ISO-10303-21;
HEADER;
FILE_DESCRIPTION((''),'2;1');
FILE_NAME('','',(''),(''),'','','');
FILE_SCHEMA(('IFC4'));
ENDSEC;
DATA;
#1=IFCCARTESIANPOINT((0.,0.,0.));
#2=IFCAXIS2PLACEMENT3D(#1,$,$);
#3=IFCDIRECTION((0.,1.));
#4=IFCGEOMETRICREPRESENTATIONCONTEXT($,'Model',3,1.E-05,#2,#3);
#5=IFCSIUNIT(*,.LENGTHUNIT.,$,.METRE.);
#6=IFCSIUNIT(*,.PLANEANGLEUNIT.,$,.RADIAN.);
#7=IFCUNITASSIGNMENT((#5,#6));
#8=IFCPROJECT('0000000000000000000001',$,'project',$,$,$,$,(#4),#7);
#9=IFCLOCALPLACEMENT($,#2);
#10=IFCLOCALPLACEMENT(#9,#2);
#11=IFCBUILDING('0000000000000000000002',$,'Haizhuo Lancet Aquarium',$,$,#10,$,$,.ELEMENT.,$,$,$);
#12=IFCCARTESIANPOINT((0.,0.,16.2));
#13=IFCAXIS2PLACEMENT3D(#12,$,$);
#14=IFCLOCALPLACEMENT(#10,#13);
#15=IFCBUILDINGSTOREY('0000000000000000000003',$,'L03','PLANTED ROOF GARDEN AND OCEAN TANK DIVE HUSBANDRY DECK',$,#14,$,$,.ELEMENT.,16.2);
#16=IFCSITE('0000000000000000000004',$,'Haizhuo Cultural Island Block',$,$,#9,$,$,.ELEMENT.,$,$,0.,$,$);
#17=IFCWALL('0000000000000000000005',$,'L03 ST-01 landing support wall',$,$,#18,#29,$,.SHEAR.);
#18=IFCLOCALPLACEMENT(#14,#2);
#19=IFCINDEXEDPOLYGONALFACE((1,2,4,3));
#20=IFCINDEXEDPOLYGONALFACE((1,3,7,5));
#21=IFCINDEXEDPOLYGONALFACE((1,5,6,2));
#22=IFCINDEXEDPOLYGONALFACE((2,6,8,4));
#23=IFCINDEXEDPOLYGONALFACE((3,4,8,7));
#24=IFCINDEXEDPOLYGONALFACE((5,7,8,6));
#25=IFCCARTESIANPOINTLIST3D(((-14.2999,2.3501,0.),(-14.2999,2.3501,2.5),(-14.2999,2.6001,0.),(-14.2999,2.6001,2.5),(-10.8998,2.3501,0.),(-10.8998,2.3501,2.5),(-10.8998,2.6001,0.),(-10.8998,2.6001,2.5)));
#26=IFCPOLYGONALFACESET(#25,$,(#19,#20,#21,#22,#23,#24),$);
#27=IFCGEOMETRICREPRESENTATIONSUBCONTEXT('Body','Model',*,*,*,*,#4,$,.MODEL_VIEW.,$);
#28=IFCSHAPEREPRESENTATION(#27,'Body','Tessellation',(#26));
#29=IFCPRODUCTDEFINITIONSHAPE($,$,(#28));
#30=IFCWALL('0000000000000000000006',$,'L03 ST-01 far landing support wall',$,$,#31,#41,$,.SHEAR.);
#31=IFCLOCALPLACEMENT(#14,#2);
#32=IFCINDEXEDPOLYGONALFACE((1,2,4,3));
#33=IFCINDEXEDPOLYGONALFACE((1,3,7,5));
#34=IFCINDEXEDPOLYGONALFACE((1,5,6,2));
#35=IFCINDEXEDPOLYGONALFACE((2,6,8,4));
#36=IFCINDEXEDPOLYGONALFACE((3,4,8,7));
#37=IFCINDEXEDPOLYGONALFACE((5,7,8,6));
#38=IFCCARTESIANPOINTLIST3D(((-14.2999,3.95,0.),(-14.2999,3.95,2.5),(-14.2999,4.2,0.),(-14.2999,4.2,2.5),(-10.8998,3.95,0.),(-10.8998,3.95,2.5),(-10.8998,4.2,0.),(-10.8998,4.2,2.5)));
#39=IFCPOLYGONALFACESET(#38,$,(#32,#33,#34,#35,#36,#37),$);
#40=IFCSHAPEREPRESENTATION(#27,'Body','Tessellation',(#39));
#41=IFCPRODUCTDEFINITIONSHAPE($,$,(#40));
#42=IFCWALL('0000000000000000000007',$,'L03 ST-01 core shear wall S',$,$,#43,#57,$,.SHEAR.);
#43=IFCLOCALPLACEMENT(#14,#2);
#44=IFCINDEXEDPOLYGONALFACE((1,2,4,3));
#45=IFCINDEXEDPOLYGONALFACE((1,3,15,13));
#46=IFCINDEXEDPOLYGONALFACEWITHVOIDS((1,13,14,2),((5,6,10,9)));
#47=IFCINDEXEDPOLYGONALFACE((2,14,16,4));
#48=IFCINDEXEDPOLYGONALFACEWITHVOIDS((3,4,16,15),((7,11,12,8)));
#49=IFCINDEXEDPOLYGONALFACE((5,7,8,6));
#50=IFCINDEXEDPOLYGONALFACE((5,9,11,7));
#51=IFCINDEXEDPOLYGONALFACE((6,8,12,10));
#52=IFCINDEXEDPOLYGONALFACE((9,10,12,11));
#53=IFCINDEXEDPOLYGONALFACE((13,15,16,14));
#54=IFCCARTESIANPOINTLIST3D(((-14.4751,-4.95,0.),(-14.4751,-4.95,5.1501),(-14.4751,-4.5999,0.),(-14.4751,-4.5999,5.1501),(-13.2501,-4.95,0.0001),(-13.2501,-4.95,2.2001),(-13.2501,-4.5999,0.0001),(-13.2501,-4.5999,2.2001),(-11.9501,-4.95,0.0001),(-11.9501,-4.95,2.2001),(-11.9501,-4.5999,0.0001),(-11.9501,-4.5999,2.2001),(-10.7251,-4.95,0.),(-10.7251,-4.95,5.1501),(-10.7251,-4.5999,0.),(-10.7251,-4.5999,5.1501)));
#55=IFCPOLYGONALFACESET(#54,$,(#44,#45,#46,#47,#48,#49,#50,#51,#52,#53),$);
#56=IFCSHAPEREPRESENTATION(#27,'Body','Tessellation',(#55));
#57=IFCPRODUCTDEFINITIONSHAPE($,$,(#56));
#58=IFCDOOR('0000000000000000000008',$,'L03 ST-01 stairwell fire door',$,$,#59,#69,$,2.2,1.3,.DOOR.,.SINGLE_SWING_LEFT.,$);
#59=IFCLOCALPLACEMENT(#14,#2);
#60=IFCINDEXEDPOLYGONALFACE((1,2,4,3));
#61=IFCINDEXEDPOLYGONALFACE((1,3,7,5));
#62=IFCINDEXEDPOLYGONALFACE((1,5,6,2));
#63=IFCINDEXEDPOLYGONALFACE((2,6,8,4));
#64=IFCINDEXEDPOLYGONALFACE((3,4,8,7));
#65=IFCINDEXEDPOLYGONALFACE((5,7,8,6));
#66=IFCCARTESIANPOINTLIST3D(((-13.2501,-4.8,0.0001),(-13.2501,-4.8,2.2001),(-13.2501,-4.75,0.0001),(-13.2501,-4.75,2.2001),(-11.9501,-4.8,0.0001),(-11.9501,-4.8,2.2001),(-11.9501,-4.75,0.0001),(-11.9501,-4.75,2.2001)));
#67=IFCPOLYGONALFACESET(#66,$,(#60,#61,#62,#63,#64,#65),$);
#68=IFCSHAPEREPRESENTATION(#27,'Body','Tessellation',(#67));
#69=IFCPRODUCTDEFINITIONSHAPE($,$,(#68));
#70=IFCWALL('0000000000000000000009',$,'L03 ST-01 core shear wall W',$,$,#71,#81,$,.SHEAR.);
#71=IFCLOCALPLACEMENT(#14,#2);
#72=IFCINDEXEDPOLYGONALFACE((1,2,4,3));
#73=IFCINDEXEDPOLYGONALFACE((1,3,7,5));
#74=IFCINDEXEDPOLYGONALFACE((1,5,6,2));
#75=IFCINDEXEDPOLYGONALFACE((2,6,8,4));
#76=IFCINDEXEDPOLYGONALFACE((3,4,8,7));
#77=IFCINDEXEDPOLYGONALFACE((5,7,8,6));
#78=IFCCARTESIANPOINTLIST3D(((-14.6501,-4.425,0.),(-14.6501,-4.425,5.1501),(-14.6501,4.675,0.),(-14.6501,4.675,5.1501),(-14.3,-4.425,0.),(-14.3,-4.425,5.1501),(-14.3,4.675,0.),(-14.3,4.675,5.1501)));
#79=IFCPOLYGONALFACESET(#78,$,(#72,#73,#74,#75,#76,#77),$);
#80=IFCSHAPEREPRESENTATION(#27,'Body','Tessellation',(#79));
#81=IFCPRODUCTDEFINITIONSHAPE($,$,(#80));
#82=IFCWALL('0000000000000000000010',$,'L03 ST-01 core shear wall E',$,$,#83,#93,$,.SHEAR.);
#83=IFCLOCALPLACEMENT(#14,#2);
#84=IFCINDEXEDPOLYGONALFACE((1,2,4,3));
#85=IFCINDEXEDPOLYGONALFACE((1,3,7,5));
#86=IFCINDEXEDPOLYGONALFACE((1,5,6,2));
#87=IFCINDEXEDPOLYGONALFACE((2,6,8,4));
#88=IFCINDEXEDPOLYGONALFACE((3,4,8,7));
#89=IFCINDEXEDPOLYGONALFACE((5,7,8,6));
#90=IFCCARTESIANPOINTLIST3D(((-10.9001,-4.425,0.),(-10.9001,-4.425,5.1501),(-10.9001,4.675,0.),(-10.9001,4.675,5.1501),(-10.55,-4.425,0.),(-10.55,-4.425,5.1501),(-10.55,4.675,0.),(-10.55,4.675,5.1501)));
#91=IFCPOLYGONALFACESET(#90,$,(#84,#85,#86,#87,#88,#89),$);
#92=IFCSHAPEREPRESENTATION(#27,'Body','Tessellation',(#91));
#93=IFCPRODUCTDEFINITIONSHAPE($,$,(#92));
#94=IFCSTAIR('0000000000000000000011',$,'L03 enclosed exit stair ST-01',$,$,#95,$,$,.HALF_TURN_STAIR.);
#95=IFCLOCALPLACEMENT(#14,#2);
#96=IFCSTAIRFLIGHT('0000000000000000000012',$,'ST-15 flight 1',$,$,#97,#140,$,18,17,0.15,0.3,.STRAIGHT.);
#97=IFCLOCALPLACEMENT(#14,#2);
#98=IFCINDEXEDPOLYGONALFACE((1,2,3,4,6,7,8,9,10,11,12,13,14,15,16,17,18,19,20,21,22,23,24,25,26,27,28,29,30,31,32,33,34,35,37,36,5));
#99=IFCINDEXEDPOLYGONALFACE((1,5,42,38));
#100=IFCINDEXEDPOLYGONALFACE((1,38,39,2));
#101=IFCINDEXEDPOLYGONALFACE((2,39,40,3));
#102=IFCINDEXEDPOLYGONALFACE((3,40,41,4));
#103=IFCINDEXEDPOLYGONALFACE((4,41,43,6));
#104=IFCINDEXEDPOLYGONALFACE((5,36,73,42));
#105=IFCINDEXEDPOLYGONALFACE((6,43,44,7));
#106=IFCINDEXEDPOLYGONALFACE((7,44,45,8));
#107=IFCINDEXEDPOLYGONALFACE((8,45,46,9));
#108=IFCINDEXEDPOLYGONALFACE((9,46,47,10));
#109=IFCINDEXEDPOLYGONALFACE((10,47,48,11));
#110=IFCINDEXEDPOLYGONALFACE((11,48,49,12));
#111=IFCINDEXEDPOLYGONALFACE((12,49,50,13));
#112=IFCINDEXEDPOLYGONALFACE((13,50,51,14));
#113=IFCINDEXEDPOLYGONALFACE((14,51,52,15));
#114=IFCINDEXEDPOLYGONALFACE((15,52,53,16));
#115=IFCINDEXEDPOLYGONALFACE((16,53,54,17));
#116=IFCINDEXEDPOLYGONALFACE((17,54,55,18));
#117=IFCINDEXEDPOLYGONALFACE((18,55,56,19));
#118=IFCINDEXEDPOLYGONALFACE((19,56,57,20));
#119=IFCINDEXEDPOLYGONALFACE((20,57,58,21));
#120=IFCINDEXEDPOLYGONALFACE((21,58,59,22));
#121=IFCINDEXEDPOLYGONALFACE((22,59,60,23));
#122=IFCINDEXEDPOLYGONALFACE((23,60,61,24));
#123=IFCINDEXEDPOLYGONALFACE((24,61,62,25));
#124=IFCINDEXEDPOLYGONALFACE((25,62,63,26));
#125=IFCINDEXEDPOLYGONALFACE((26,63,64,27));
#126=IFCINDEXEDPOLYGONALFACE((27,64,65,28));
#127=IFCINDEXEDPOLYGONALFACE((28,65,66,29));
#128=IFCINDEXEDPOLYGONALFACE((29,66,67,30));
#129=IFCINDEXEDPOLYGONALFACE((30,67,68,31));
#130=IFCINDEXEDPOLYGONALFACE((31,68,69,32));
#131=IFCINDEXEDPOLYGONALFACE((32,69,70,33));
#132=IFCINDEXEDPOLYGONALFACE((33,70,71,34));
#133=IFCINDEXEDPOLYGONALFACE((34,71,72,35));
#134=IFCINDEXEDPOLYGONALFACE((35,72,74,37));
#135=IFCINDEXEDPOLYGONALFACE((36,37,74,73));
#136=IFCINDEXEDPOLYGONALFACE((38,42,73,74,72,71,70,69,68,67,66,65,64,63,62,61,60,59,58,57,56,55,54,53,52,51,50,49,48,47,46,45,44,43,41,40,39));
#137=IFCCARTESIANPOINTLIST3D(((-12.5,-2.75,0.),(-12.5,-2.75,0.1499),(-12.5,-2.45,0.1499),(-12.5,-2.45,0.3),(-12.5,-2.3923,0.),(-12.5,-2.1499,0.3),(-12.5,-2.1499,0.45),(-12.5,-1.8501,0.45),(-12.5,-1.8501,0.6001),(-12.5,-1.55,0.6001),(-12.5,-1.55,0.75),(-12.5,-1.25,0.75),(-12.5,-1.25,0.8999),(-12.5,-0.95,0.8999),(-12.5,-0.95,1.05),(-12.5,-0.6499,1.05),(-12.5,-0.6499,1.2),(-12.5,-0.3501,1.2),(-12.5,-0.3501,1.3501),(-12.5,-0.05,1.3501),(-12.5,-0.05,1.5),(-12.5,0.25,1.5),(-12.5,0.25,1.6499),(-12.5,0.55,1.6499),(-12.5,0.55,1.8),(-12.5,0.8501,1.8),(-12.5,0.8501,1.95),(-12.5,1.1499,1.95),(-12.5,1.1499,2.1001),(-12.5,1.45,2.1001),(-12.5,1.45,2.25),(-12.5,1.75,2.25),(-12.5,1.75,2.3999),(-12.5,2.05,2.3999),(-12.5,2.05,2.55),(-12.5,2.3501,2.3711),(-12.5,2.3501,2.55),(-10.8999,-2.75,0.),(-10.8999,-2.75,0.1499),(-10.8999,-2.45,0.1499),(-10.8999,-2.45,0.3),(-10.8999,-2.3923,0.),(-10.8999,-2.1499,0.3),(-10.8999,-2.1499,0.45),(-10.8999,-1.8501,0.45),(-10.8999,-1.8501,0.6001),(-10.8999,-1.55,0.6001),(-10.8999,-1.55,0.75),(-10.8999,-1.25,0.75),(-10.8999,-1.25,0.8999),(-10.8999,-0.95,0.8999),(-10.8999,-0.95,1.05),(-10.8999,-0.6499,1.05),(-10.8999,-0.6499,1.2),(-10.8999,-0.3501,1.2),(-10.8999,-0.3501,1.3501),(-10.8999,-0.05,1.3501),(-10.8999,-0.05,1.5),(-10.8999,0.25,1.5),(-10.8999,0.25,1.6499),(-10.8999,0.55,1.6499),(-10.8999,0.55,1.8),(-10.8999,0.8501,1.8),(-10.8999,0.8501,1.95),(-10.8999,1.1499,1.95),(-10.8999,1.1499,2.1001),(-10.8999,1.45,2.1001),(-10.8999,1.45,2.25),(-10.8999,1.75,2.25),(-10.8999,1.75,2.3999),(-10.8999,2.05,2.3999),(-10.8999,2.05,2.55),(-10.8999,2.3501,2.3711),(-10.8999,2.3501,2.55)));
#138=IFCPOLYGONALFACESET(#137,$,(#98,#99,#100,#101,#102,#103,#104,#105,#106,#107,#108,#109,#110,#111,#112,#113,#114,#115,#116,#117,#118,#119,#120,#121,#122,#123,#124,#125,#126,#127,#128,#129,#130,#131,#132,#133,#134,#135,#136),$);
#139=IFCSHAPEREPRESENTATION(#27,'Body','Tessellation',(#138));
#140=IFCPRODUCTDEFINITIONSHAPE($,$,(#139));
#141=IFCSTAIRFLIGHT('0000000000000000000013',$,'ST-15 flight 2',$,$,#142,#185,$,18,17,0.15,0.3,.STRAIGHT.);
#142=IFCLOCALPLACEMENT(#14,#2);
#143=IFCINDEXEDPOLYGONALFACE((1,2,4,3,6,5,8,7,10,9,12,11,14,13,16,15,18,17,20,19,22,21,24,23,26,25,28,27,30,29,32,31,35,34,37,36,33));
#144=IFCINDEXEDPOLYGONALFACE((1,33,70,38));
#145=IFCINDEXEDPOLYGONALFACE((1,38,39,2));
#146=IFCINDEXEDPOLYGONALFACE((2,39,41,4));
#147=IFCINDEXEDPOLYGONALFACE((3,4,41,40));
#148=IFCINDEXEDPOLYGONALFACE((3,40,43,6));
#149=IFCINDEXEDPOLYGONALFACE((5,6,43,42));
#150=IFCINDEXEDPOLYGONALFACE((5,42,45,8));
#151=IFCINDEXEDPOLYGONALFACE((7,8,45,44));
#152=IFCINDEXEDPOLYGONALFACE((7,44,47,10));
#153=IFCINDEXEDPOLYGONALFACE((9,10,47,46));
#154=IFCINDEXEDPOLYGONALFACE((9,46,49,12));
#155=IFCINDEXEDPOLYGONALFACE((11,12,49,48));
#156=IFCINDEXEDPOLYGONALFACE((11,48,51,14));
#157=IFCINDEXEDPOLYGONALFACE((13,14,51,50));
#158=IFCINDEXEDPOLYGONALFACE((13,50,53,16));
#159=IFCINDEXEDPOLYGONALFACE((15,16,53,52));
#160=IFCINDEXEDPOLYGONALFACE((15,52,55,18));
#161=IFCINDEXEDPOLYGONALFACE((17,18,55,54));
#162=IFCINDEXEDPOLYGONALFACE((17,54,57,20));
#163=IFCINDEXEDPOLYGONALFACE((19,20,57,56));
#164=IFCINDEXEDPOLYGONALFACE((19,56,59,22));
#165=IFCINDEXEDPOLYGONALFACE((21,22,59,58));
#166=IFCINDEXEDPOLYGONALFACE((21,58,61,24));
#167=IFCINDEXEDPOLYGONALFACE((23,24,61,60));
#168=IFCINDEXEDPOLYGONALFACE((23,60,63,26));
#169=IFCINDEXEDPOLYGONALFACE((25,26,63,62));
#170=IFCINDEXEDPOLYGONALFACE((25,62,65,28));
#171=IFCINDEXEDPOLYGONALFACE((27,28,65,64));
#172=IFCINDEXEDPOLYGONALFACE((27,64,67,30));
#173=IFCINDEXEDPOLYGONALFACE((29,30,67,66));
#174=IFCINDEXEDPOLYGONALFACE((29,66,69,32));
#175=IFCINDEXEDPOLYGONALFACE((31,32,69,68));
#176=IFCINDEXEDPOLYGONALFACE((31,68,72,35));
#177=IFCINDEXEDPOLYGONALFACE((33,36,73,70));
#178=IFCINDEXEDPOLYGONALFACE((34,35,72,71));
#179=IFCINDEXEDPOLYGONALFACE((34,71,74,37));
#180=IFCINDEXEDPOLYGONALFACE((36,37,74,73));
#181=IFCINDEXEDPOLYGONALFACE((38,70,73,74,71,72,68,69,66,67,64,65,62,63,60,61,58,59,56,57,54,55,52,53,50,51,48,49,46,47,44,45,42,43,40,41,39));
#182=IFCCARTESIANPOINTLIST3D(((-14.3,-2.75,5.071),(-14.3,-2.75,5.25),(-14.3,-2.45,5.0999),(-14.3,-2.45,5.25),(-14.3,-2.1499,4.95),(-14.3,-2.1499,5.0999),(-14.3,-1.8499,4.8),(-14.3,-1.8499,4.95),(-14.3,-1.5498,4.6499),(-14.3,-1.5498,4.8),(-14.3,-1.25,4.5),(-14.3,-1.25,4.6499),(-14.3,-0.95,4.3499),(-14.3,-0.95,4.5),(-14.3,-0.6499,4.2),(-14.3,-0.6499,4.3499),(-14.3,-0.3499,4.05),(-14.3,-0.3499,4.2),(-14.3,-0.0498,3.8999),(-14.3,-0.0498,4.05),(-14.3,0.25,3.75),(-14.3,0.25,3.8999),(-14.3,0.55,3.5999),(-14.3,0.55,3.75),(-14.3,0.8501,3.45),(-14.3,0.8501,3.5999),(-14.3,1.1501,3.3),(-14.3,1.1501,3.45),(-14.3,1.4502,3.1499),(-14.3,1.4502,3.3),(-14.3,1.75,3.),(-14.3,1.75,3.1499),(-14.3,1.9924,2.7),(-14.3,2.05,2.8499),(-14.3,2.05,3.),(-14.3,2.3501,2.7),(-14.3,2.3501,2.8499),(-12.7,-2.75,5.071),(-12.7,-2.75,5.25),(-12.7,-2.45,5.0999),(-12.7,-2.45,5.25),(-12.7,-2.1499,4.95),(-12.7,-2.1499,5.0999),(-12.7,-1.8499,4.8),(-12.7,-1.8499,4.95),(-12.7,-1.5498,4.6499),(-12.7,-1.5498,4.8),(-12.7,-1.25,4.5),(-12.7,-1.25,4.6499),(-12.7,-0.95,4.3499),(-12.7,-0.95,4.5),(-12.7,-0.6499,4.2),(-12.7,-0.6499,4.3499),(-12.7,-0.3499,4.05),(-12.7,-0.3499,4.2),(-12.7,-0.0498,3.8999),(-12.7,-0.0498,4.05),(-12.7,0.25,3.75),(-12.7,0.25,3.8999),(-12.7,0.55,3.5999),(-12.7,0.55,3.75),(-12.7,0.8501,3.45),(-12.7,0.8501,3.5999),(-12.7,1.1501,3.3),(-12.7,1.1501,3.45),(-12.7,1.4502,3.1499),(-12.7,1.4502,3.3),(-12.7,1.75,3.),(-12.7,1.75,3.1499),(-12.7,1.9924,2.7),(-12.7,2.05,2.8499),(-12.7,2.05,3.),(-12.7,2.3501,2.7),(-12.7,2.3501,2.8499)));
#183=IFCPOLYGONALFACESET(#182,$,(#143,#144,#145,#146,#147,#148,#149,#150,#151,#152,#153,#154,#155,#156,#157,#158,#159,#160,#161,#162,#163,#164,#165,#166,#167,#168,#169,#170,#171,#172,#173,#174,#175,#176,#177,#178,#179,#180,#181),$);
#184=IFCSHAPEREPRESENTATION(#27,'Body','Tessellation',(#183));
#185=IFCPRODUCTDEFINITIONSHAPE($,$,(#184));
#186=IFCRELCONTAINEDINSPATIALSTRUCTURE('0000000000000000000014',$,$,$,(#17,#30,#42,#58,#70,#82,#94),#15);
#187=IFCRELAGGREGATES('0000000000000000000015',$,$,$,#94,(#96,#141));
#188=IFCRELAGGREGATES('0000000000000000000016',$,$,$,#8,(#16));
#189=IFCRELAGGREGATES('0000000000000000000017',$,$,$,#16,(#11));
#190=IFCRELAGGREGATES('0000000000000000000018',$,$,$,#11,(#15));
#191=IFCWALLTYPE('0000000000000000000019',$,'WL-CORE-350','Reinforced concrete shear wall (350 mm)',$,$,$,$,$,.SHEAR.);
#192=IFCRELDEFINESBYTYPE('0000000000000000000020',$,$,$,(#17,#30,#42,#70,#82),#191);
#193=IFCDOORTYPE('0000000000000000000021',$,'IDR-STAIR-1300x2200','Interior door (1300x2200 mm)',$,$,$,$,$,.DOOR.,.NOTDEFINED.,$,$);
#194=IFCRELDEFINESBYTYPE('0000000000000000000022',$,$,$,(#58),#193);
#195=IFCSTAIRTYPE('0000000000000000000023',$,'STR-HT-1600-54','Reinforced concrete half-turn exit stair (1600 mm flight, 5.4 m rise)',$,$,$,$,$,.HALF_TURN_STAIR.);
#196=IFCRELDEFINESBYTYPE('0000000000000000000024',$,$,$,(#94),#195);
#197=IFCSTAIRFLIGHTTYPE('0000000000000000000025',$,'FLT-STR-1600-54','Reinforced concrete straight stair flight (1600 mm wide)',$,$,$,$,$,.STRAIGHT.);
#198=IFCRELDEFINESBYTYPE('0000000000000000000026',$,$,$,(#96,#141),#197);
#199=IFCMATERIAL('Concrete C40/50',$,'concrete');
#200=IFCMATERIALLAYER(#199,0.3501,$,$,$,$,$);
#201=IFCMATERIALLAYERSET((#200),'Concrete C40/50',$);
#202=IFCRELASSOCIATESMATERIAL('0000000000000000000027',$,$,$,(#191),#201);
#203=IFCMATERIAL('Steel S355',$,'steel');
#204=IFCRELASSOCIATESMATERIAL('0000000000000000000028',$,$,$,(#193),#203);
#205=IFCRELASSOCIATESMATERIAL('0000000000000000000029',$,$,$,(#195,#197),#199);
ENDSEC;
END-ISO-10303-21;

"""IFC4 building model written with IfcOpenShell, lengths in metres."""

from ifc_helpers import new_model, si_unit, direction, frame, frame_2d, origin, place, context, subcontext, project, spatial, polyline, rectangle, outline, extrude, material, layer, layer_set, type_object, element, fill, aggregate, save


model = new_model("IFC4")

# Units and contexts
model_context = context("Model", 3, precision=1e-05, world=origin(), true_north=direction((0.0, 1.0)))
body_context = subcontext(model_context, "Body", "Model", "MODEL_VIEW")
ifc_project = project(units=[si_unit("LENGTHUNIT", "METRE"), si_unit("PLANEANGLEUNIT", "RADIAN")], contexts=[model_context])

# Site, building, storey
site_placement = place(None, origin())
site = spatial("IfcSite", under=ifc_project, at=site_placement, Name="Haizhuo Cultural Island Block", CompositionType="ELEMENT", RefElevation=0.0)
building_placement = place(site_placement, origin())
building = spatial("IfcBuilding", under=site, at=building_placement, Name="Haizhuo Lancet Aquarium", CompositionType="ELEMENT")
storey_placement = place(building_placement, frame((0.0, 0.0, 16.2)))
storey = spatial("IfcBuildingStorey", under=building, at=storey_placement, Name="L03", Description="PLANTED ROOF GARDEN AND OCEAN TANK DIVE HUSBANDRY DECK", CompositionType="ELEMENT", Elevation=16.2)

# Shared definitions
ifc_material_1 = material(Name="Concrete C40/50", Category="concrete")
ifc_material_2 = material(Name="Steel S355", Category="steel")

# Walls
ifc_layer_1 = layer(ifc_material_1, 0.3501)
ifc_layer_set_1 = layer_set([ifc_layer_1], Name="Concrete C40/50")
wall_type_1 = type_object("IfcWallType", Name="WL-CORE-350", Description="Reinforced concrete shear wall (350 mm)", PredefinedType="SHEAR", material=ifc_layer_set_1)
for number, where, z_axis, x_axis, name in (
    (1, (-14.3, 2.4751, 0.0), (0.0, 0.0, 1.0), (1.0, 0.0, 0.0), "L03 ST-01 landing support wall"),
    (2, (-14.3, 4.075, 0.0), (0.0, 0.0, 1.0), (1.0, 0.0, 0.0), "L03 ST-01 far landing support wall"),
):
    element("IfcWall", number, at=place(storey_placement, frame(where, z_axis=z_axis, x_axis=x_axis)), inside=storey, type_object=wall_type_1, Name=name, PredefinedType="SHEAR", context=body_context, shape_type="SweptSolid", body=[
        extrude(rectangle(XDim=3.4001, YDim=0.25, at=frame_2d((1.7002, 0.0))), origin(), (0.0, 0.0, 1.0), 2.5),
    ])

# Wall, opening, door
wall_1_placement = place(storey_placement, frame((-14.4751, -4.7749, 0.0), z_axis=(0.0, 0.0, 1.0), x_axis=(1.0, 0.0, 0.0)))
wall_1 = element("IfcWall", 3, at=wall_1_placement, inside=storey, type_object=wall_type_1, Name="L03 ST-01 core shear wall S", PredefinedType="SHEAR", context=body_context, shape_type="SweptSolid", body=[
    extrude(rectangle(XDim=3.75, YDim=0.3501, at=frame_2d((1.875, 0.0))), origin(), (0.0, 0.0, 1.0), 5.1501),
])
opening_1_placement = place(wall_1_placement, frame((1.2251, 0.0, 0.0)))
opening_1 = element("IfcOpeningElement", 4, at=opening_1_placement, cuts=wall_1, PredefinedType="OPENING", context=body_context, shape_type="SweptSolid", body=[
    extrude(rectangle(XDim=1.3, YDim=2.2, at=frame_2d((0.6499, 1.1001))), frame((0.0, 0.1851, 0.0), z_axis=(0.0, -1.0, 0.0), x_axis=(1.0, 0.0, 0.0)), (0.0, 0.0, 1.0), 0.3701),
])
door_type = type_object("IfcDoorType", Name="IDR-STAIR-1300x2200", Description="Interior door (1300x2200 mm)", OperationType="NOTDEFINED", PredefinedType="DOOR", material=ifc_material_2)
door_placement = place(opening_1_placement, origin())
door = element("IfcDoor", 5, at=door_placement, inside=storey, type_object=door_type, Name="L03 ST-01 stairwell fire door", OperationType="SINGLE_SWING_LEFT", OverallHeight=2.2, OverallWidth=1.3, PredefinedType="DOOR", context=body_context, shape_type="SweptSolid", body=[
    extrude(rectangle(XDim=1.3, YDim=2.2, at=frame_2d((0.6499, 1.1001))), frame((0.0, 0.0249, 0.0), z_axis=(0.0, -1.0, 0.0), x_axis=(1.0, 0.0, 0.0)), (0.0, 0.0, 1.0), 0.05),
])
fill(opening_1, door)

# Walls
for number, where, z_axis, x_axis, name in (
    (6, (-14.4751, -4.425, 0.0), (0.0, 0.0, 1.0), (0.0, 1.0, 0.0), "L03 ST-01 core shear wall W"),
    (7, (-10.7251, -4.425, 0.0), (0.0, 0.0, 1.0), (0.0, 1.0, 0.0), "L03 ST-01 core shear wall E"),
):
    element("IfcWall", number, at=place(storey_placement, frame(where, z_axis=z_axis, x_axis=x_axis)), inside=storey, type_object=wall_type_1, Name=name, PredefinedType="SHEAR", context=body_context, shape_type="SweptSolid", body=[
        extrude(rectangle(XDim=9.1001, YDim=0.3501, at=frame_2d((4.55, 0.0))), origin(), (0.0, 0.0, 1.0), 5.1501),
    ])

# Stair, stair flights
stair_type = type_object("IfcStairType", Name="STR-HT-1600-54", Description="Reinforced concrete half-turn exit stair (1600 mm flight, 5.4 m rise)", PredefinedType="HALF_TURN_STAIR", material=ifc_material_1)
stair_placement = place(storey_placement, origin())
stair = element("IfcStair", 8, at=stair_placement, inside=storey, type_object=stair_type, Name="L03 enclosed exit stair ST-01", PredefinedType="HALF_TURN_STAIR")
stair_flight_type = type_object("IfcStairFlightType", Name="FLT-STR-1600-54", Description="Reinforced concrete straight stair flight (1600 mm wide)", PredefinedType="STRAIGHT", material=ifc_material_1)
stair_flight_1_placement = place(storey_placement, frame((-11.7, -2.75, 0.0), z_axis=(0.0, 0.0, 1.0), x_axis=(0.0, 1.0, 0.0)))
stair_flight_1 = element("IfcStairFlight", 9, at=stair_flight_1_placement, type_object=stair_flight_type, Name="ST-15 flight 1", NumberOfRisers=18, NumberOfTreads=17, PredefinedType="STRAIGHT", RiserHeight=0.15, TreadLength=0.3, context=body_context, shape_type="SweptSolid", body=[
    extrude(outline(polyline([(0.0, 0.0), (0.0, 0.1499), (0.3, 0.1499), (0.3, 0.3), (0.6001, 0.3), (0.6001, 0.45), (0.8999, 0.45), (0.8999, 0.6001), (1.2, 0.6001), (1.2, 0.75), (1.5, 0.75), (1.5, 0.8999), (1.8, 0.8999), (1.8, 1.05), (2.1001, 1.05), (2.1001, 1.2), (2.3999, 1.2), (2.3999, 1.3501), (2.7, 1.3501), (2.7, 1.5), (3.0, 1.5), (3.0, 1.6499), (3.3, 1.6499), (3.3, 1.8), (3.6001, 1.8), (3.6001, 1.95), (3.8999, 1.95), (3.8999, 2.1001), (4.2, 2.1001), (4.2, 2.25), (4.5, 2.25), (4.5, 2.3999), (4.8, 2.3999), (4.8, 2.55), (5.1001, 2.55), (5.1001, 2.7), (5.1001, 2.3711), (0.3577, 0.0), (0.0, 0.0)])), frame((0.0, 0.8, 0.0), z_axis=(0.0, -1.0, 0.0), x_axis=(1.0, 0.0, 0.0)), (0.0, 0.0, 1.0), 1.6001),
])
stair_flight_2_placement = place(storey_placement, frame((-13.5, 2.3501, 2.7), z_axis=(0.0, 0.0, 1.0), x_axis=(0.0, -1.0, 0.0)))
stair_flight_2 = element("IfcStairFlight", 10, at=stair_flight_2_placement, type_object=stair_flight_type, Name="ST-15 flight 2", NumberOfRisers=18, NumberOfTreads=17, PredefinedType="STRAIGHT", RiserHeight=0.15, TreadLength=0.3, context=body_context, shape_type="SweptSolid", body=[
    extrude(outline(polyline([(0.0, 0.0), (0.0, 0.1499), (0.3, 0.1499), (0.3, 0.3), (0.6001, 0.3), (0.6001, 0.45), (0.8999, 0.45), (0.8999, 0.6001), (1.2, 0.6001), (1.2, 0.75), (1.5, 0.75), (1.5, 0.8999), (1.8, 0.8999), (1.8, 1.05), (2.1001, 1.05), (2.1001, 1.2), (2.3999, 1.2), (2.3999, 1.3501), (2.7, 1.3501), (2.7, 1.5), (3.0, 1.5), (3.0, 1.6499), (3.3, 1.6499), (3.3, 1.8), (3.6001, 1.8), (3.6001, 1.95), (3.8999, 1.95), (3.8999, 2.1001), (4.2, 2.1001), (4.2, 2.25), (4.5, 2.25), (4.5, 2.3999), (4.8, 2.3999), (4.8, 2.55), (5.1001, 2.55), (5.1001, 2.7), (5.1001, 2.3711), (0.3577, 0.0), (0.0, 0.0)])), frame((0.0, 0.8, 0.0), z_axis=(0.0, -1.0, 0.0), x_axis=(1.0, 0.0, 0.0)), (0.0, 0.0, 1.0), 1.6001),
])
aggregate(stair, [stair_flight_1, stair_flight_2])

save(model, "model.ifc")
